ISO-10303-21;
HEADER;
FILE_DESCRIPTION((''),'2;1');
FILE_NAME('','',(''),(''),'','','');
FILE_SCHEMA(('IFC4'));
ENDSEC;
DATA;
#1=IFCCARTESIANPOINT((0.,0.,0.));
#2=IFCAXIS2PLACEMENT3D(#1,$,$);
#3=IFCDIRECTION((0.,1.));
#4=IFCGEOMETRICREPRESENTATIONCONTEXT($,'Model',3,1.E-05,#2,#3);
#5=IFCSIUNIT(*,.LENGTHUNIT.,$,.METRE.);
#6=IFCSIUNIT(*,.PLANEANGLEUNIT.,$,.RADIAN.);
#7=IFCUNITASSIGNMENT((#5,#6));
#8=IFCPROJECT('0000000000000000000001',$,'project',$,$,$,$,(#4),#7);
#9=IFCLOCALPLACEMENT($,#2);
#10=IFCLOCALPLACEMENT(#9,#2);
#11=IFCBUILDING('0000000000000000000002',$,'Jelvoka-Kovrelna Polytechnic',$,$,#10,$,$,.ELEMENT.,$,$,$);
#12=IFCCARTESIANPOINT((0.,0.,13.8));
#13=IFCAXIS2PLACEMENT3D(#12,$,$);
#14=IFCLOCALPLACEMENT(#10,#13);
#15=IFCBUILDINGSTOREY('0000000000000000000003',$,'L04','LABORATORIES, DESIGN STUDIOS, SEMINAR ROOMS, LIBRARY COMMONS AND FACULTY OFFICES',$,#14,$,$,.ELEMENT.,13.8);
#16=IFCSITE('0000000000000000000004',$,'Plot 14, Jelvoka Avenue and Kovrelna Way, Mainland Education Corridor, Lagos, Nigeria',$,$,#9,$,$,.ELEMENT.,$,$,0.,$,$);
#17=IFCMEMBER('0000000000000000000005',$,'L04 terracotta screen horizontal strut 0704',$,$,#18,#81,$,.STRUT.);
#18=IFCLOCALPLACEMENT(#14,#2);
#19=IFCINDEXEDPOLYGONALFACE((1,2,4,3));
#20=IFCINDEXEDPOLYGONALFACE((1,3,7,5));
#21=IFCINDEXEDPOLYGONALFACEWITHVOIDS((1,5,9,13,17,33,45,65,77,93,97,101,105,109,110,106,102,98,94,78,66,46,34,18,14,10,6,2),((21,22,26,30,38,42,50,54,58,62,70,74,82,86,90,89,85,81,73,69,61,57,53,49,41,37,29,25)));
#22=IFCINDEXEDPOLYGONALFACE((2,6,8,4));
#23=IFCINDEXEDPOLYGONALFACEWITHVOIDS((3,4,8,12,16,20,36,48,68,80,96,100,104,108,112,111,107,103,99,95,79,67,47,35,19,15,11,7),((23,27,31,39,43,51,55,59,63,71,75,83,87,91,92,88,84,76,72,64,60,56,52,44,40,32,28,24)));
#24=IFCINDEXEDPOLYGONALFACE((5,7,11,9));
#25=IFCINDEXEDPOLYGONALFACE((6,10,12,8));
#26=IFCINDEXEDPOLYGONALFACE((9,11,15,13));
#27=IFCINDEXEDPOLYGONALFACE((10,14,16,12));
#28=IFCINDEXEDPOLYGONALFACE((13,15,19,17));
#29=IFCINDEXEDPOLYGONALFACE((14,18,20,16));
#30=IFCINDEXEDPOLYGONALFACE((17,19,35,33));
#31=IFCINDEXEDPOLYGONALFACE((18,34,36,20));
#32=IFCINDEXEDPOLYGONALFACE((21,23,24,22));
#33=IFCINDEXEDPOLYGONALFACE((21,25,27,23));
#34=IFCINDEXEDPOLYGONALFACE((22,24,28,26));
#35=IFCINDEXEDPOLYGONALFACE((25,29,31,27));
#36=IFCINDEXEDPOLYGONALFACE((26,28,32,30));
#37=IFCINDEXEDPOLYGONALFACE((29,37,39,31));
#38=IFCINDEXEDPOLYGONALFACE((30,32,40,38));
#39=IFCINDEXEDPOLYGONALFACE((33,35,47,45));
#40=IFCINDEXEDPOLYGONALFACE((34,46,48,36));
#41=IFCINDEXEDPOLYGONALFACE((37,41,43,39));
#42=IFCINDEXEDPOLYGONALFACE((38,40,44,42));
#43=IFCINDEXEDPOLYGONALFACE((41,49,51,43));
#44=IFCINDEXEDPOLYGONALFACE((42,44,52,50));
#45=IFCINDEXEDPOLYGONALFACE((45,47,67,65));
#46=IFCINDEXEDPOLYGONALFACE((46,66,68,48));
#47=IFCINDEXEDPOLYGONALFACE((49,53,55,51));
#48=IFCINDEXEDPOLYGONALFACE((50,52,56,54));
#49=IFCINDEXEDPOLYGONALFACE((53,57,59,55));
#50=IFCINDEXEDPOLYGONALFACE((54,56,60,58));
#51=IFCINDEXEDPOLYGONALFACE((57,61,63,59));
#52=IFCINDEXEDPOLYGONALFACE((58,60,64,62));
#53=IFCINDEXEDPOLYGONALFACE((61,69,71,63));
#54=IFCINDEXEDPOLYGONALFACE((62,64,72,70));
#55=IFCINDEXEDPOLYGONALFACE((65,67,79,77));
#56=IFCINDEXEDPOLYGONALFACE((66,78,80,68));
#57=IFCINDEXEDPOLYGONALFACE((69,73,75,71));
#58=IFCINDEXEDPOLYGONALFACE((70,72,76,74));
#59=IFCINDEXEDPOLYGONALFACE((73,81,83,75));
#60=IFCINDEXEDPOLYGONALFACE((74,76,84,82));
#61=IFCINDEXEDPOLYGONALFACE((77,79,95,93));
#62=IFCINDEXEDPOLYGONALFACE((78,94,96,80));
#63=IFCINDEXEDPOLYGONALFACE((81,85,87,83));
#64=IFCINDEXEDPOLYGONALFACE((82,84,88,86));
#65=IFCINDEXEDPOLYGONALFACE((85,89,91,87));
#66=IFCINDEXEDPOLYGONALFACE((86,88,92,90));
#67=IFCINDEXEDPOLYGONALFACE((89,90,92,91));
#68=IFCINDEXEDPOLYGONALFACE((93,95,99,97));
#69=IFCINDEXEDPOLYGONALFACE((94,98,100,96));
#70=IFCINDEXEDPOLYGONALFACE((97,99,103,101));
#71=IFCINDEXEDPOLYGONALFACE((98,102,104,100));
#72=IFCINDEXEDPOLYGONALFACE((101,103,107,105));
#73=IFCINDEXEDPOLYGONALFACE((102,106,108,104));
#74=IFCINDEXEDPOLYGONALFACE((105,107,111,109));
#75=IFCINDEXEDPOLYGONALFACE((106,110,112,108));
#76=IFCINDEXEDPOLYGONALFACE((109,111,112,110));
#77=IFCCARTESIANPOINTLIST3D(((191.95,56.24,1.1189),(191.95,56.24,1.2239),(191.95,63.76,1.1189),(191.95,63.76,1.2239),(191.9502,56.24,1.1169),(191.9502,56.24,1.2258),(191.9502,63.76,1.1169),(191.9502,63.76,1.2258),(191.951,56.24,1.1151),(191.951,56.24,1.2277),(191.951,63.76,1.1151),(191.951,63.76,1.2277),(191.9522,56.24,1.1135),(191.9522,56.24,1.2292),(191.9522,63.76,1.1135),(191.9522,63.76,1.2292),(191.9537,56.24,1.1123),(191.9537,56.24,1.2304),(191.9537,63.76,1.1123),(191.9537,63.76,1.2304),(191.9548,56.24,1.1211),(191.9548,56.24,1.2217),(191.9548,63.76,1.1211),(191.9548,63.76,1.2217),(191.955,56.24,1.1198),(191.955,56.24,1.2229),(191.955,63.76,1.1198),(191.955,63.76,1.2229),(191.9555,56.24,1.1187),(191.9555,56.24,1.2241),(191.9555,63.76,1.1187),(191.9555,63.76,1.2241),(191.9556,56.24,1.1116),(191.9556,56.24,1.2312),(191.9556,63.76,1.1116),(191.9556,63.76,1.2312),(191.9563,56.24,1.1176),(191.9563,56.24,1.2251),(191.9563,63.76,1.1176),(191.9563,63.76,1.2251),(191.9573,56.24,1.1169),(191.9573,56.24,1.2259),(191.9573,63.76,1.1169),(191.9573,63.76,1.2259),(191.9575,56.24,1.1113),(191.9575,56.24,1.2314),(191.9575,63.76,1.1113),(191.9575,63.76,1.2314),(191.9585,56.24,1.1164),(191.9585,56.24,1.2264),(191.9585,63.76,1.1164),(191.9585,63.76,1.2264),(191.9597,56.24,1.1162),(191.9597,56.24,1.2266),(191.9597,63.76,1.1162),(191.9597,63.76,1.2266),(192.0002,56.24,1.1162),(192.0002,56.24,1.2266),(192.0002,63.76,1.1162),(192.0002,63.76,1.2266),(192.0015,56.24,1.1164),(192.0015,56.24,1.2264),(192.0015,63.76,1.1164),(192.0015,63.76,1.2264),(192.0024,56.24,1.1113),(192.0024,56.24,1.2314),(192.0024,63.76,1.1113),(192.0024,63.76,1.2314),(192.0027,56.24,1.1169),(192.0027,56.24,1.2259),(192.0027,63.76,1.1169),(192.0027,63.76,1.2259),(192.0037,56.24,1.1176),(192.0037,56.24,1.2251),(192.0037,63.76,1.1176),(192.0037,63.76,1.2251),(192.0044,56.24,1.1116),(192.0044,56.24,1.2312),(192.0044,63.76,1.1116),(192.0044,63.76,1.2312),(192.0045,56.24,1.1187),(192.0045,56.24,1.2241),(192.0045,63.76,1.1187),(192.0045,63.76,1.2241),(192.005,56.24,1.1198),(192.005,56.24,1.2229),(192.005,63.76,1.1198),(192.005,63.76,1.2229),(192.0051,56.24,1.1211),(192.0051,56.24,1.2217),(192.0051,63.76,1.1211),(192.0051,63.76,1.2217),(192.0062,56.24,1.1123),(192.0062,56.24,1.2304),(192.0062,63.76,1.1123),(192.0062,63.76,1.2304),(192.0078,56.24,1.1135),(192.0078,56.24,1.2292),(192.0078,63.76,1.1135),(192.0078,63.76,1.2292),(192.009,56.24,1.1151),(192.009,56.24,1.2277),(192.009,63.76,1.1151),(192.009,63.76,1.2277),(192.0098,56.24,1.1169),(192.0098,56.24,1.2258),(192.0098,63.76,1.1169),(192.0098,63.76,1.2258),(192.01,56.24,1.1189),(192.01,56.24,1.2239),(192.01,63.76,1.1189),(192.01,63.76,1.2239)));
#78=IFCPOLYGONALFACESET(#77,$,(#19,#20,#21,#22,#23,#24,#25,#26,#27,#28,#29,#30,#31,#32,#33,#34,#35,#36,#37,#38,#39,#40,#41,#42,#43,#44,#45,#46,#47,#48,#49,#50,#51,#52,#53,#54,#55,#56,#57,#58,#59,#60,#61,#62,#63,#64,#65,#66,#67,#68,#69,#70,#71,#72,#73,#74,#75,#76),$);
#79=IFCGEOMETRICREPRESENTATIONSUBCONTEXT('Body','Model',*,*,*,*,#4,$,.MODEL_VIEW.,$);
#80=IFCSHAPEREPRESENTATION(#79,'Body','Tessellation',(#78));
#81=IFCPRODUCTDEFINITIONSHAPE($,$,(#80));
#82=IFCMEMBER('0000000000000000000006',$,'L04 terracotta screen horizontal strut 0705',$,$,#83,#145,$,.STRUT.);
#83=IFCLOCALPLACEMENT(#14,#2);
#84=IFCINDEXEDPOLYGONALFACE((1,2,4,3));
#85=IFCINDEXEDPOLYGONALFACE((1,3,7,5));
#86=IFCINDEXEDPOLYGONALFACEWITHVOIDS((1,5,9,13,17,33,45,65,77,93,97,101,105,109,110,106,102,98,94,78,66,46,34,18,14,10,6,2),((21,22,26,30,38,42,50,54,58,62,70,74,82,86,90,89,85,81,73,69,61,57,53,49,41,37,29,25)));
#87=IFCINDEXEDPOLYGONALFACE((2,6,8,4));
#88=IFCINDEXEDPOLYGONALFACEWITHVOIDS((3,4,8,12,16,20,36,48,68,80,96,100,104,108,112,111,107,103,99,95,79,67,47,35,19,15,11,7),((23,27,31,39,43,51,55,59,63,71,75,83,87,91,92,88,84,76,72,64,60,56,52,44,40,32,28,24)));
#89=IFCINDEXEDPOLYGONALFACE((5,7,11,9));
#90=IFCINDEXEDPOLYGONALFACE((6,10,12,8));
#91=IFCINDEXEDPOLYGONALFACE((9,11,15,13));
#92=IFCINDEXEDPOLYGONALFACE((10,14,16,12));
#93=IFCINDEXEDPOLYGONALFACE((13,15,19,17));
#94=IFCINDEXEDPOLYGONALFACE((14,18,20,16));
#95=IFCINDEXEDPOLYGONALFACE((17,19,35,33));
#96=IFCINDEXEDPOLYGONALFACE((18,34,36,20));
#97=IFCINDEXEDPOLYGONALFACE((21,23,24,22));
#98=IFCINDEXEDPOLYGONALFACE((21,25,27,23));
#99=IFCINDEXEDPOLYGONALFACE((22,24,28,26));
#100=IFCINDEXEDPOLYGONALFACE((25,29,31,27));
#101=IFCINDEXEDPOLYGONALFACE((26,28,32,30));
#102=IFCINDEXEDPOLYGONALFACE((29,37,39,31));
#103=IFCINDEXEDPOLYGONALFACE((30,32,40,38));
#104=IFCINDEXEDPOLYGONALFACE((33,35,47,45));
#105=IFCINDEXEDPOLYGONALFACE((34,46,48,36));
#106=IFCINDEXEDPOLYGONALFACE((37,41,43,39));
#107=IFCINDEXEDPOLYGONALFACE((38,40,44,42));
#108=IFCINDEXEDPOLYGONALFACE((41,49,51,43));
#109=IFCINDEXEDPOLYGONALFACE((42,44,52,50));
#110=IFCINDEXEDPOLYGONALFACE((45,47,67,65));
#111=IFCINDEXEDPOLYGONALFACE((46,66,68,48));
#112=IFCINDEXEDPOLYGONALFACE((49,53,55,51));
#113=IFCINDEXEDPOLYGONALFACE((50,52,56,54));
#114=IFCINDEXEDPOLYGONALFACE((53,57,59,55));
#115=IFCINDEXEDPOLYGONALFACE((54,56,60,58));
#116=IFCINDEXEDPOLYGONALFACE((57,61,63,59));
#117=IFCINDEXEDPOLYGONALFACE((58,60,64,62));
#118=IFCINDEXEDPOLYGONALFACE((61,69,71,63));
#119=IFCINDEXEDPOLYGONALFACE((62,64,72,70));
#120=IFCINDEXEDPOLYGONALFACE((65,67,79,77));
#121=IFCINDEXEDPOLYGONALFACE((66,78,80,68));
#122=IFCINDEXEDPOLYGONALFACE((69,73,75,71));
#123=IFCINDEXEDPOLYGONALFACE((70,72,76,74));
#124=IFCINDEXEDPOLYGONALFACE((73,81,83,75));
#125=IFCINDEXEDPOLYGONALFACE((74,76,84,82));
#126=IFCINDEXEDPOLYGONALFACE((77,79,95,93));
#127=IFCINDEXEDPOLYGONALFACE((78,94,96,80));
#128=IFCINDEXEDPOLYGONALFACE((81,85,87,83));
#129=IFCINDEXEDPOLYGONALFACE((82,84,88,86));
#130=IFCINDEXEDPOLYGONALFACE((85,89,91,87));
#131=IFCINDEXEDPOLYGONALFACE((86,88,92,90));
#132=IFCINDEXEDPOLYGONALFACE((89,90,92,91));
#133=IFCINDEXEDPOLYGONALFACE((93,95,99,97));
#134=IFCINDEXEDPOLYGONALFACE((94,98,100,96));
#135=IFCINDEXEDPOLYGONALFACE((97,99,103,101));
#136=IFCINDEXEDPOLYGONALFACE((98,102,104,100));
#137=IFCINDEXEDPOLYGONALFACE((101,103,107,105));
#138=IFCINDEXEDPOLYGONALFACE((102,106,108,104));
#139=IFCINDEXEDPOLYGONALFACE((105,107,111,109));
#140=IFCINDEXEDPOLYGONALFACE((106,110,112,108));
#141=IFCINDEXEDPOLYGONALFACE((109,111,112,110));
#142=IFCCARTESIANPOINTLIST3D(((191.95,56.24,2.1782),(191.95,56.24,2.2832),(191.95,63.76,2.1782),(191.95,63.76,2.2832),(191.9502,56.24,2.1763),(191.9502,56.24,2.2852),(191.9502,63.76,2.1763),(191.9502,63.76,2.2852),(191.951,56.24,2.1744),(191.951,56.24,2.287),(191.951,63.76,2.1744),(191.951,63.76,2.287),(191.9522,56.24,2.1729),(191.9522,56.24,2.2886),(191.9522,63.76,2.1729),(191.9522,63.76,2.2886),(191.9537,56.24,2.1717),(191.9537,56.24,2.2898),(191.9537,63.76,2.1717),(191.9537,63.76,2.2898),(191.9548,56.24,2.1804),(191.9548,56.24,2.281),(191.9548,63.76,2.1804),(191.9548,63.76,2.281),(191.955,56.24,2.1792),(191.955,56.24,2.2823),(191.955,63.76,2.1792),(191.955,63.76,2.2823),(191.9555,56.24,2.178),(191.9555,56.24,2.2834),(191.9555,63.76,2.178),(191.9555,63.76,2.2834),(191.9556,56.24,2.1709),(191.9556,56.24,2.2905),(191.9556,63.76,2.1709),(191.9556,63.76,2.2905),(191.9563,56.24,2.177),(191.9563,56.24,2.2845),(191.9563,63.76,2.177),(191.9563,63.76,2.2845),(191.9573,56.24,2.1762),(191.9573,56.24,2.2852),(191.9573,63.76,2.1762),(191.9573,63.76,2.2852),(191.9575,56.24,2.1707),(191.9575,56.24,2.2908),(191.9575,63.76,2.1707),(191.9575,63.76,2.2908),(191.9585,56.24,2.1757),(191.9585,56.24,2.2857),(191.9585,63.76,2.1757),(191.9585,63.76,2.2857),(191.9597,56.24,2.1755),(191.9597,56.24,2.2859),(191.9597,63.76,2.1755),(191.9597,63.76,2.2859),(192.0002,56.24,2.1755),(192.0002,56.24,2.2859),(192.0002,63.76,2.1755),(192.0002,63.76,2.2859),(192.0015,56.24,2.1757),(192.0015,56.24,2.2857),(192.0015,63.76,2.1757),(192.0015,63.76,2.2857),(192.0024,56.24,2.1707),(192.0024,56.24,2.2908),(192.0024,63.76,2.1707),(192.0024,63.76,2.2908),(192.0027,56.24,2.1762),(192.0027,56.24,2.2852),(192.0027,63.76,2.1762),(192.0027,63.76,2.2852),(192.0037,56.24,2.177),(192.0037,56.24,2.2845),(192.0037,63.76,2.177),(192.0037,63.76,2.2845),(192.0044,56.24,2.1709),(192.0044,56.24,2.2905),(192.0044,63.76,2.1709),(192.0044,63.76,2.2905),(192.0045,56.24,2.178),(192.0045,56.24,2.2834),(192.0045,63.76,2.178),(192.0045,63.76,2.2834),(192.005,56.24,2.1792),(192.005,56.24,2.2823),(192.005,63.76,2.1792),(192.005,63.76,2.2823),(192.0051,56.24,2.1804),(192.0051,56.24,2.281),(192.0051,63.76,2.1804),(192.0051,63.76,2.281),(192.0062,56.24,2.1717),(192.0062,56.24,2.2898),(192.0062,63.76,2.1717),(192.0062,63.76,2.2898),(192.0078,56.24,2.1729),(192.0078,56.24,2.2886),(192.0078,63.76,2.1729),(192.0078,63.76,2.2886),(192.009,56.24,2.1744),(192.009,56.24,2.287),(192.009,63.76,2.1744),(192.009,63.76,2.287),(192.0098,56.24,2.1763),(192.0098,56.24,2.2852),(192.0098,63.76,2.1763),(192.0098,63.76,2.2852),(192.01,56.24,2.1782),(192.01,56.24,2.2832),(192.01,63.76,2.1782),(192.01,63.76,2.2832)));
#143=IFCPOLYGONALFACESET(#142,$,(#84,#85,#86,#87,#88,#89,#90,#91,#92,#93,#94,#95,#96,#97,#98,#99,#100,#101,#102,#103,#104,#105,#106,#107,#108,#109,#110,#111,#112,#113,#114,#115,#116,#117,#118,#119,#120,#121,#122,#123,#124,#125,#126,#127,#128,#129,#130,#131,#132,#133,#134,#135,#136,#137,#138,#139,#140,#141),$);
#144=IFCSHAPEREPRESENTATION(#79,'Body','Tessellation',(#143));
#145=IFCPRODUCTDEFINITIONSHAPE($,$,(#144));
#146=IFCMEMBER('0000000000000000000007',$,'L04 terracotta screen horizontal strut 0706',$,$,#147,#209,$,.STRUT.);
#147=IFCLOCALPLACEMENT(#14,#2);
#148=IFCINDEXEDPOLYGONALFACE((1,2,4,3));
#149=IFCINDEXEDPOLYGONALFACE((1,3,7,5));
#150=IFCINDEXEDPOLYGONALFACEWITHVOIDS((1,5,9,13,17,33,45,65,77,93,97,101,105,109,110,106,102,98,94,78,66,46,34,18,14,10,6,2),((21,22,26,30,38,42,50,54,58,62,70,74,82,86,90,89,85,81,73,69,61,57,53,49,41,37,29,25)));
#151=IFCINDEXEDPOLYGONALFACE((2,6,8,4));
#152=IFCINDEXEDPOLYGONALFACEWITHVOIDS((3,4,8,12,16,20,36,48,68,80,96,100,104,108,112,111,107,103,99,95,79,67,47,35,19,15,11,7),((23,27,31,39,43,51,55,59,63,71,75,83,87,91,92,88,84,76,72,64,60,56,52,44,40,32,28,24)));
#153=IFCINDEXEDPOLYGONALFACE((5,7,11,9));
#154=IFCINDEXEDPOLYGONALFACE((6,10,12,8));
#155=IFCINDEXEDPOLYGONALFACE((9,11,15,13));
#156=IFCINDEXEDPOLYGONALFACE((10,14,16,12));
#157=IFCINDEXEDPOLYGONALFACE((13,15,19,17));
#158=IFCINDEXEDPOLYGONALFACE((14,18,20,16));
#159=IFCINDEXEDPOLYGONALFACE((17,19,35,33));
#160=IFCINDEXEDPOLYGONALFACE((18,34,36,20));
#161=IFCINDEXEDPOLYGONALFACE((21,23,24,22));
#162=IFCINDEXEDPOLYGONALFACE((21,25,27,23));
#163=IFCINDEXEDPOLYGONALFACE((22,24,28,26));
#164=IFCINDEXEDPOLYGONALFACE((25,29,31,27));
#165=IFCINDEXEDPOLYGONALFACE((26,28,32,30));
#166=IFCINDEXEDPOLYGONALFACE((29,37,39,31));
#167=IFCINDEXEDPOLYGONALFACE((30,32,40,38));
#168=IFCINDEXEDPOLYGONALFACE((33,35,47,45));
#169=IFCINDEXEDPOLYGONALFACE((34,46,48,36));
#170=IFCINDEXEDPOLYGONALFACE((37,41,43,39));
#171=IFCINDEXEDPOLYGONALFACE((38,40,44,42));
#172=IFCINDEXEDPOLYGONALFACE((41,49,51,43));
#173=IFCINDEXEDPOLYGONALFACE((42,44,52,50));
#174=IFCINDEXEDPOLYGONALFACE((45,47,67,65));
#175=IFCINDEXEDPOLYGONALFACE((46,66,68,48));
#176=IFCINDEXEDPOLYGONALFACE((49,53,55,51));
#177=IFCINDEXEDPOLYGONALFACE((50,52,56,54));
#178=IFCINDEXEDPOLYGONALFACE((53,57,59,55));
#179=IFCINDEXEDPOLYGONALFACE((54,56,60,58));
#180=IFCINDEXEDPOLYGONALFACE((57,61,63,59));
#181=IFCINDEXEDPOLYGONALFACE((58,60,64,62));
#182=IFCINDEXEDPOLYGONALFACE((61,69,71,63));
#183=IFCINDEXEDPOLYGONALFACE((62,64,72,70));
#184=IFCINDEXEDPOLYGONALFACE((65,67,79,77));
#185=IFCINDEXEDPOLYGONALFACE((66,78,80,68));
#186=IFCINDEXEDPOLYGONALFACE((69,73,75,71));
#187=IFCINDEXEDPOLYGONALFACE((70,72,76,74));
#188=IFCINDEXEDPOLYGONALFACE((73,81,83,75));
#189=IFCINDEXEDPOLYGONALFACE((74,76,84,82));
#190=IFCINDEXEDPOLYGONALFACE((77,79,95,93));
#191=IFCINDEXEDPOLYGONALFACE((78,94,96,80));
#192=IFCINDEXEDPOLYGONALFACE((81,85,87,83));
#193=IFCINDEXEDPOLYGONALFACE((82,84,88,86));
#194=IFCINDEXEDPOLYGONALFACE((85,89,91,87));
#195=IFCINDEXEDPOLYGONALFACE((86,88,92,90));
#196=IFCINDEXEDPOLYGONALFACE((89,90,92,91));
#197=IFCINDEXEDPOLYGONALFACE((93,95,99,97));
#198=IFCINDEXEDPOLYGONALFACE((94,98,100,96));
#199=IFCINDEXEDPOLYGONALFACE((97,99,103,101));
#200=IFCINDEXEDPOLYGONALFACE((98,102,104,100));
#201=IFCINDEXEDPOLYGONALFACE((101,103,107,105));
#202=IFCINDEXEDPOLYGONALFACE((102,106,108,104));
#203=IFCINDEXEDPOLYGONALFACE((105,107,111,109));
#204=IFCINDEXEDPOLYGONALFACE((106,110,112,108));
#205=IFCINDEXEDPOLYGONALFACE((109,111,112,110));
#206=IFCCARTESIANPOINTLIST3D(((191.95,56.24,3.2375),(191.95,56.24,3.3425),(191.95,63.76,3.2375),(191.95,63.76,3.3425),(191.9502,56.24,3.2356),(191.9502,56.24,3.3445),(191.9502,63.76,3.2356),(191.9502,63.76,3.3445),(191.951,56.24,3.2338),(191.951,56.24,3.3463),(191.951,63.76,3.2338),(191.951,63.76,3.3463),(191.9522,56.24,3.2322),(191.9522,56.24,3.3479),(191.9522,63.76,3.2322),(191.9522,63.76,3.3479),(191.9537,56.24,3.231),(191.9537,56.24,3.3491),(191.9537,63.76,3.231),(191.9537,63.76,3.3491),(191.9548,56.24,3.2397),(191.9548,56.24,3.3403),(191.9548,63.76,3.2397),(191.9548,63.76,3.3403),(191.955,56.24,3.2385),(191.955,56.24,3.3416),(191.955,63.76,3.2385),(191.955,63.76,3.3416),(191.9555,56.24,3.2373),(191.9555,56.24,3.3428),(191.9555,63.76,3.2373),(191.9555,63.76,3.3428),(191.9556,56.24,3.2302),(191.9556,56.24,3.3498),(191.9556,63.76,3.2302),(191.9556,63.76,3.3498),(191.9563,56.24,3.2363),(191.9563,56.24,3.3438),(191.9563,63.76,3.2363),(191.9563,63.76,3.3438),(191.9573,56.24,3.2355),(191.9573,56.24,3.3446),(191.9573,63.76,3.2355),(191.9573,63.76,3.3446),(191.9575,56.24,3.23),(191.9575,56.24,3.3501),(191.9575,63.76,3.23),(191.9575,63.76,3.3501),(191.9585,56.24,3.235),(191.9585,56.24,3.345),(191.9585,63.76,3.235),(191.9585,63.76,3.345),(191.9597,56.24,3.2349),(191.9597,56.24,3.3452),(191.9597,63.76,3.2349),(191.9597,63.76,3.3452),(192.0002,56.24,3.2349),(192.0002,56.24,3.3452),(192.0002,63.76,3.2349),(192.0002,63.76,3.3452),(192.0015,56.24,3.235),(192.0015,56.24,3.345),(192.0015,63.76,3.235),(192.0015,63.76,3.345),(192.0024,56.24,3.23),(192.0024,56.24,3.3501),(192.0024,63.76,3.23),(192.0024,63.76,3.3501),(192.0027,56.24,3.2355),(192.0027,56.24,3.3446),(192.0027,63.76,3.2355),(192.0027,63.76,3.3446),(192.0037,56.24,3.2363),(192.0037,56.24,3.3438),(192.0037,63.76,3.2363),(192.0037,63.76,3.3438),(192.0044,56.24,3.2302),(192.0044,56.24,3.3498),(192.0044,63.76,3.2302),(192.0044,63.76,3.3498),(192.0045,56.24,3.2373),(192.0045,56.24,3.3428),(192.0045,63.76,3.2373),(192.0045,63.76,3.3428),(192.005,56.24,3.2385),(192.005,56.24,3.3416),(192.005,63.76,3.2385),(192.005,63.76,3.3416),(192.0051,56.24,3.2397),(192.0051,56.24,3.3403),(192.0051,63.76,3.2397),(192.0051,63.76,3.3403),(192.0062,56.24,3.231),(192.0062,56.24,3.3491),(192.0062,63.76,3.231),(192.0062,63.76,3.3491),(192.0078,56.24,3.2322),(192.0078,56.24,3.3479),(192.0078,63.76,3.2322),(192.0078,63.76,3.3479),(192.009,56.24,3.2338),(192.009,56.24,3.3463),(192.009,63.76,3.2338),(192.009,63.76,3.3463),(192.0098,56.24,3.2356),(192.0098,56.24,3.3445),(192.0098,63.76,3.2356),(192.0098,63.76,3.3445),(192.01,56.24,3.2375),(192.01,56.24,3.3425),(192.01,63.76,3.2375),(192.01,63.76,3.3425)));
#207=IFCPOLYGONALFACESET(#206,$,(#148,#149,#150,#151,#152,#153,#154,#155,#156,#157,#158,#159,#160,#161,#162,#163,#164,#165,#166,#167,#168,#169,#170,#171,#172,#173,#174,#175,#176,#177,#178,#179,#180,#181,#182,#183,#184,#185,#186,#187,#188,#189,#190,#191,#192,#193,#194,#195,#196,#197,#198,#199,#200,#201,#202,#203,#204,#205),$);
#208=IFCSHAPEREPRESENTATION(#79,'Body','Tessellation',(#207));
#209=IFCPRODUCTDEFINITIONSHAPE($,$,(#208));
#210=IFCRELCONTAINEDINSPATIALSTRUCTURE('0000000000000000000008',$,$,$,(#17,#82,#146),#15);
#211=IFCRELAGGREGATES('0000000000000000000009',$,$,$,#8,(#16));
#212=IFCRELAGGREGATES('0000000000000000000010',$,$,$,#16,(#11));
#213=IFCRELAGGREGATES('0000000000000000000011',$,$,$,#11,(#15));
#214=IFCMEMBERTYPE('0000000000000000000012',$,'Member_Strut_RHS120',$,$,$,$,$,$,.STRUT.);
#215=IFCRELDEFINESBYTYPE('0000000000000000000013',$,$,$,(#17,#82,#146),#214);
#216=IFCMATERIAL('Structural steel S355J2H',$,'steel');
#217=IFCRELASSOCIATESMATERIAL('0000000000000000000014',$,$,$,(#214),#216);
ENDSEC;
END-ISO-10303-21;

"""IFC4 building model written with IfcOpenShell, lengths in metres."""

from ifc_helpers import new_model, si_unit, direction, frame, origin, origin_2d, place, context, subcontext, project, spatial, hollow_rectangle, extrude, material, material_profile, profile_set, type_object, element, save


model = new_model("IFC4")

# Units and contexts
model_context = context("Model", 3, precision=1e-05, world=origin(), true_north=direction((0.0, 1.0)))
body_context = subcontext(model_context, "Body", "Model", "MODEL_VIEW")
ifc_project = project(units=[si_unit("LENGTHUNIT", "METRE"), si_unit("PLANEANGLEUNIT", "RADIAN")], contexts=[model_context])

# Site, building, storey
site_placement = place(None, origin())
site = spatial("IfcSite", under=ifc_project, at=site_placement, Name="Plot 14, Jelvoka Avenue and Kovrelna Way, Mainland Education Corridor, Lagos, Nigeria", CompositionType="ELEMENT", RefElevation=0.0)
building_placement = place(site_placement, origin())
building = spatial("IfcBuilding", under=site, at=building_placement, Name="Jelvoka-Kovrelna Polytechnic", CompositionType="ELEMENT")
storey_placement = place(building_placement, frame((0.0, 0.0, 13.8)))
storey = spatial("IfcBuildingStorey", under=building, at=storey_placement, Name="L04", Description="LABORATORIES, DESIGN STUDIOS, SEMINAR ROOMS, LIBRARY COMMONS AND FACULTY OFFICES", CompositionType="ELEMENT", Elevation=13.8)

# Members
ifc_material_1 = material(Name="Structural steel S355J2H", Category="steel")
ifc_material_profile_1 = material_profile(ifc_material_1, hollow_rectangle(XDim=0.0601, YDim=0.1201, WallThickness=0.0049, InnerFilletRadius=0.0049, OuterFilletRadius=0.0076, at=origin_2d()), Name="120x60x5.0 RHS")
ifc_profile_set_1 = profile_set([ifc_material_profile_1], Name="Structural steel S355J2H")
member_type_1 = type_object("IfcMemberType", Name="Member_Strut_RHS120", PredefinedType="STRUT", material=ifc_profile_set_1)
for number, where, z_axis, x_axis, name in (
    (1, (191.98, 56.24, 1.1714), (0.0, 1.0, 0.0), (-1.0, 0.0, 0.0), "L04 terracotta screen horizontal strut 0704"),
    (2, (191.98, 56.24, 2.2307), (0.0, 1.0, 0.0), (-1.0, 0.0, 0.0), "L04 terracotta screen horizontal strut 0705"),
    (3, (191.98, 56.24, 3.29), (0.0, 1.0, 0.0), (-1.0, 0.0, 0.0), "L04 terracotta screen horizontal strut 0706"),
):
    element("IfcMember", number, at=place(storey_placement, frame(where, z_axis=z_axis, x_axis=x_axis)), inside=storey, type_object=member_type_1, Name=name, PredefinedType="STRUT", context=body_context, shape_type="SweptSolid", body=[
        extrude(hollow_rectangle(XDim=0.0601, YDim=0.1201, WallThickness=0.0049, InnerFilletRadius=0.0049, OuterFilletRadius=0.0076, at=origin_2d()), origin(), (0.0, 0.0, 1.0), 7.52),
    ])

save(model, "model.ifc")
